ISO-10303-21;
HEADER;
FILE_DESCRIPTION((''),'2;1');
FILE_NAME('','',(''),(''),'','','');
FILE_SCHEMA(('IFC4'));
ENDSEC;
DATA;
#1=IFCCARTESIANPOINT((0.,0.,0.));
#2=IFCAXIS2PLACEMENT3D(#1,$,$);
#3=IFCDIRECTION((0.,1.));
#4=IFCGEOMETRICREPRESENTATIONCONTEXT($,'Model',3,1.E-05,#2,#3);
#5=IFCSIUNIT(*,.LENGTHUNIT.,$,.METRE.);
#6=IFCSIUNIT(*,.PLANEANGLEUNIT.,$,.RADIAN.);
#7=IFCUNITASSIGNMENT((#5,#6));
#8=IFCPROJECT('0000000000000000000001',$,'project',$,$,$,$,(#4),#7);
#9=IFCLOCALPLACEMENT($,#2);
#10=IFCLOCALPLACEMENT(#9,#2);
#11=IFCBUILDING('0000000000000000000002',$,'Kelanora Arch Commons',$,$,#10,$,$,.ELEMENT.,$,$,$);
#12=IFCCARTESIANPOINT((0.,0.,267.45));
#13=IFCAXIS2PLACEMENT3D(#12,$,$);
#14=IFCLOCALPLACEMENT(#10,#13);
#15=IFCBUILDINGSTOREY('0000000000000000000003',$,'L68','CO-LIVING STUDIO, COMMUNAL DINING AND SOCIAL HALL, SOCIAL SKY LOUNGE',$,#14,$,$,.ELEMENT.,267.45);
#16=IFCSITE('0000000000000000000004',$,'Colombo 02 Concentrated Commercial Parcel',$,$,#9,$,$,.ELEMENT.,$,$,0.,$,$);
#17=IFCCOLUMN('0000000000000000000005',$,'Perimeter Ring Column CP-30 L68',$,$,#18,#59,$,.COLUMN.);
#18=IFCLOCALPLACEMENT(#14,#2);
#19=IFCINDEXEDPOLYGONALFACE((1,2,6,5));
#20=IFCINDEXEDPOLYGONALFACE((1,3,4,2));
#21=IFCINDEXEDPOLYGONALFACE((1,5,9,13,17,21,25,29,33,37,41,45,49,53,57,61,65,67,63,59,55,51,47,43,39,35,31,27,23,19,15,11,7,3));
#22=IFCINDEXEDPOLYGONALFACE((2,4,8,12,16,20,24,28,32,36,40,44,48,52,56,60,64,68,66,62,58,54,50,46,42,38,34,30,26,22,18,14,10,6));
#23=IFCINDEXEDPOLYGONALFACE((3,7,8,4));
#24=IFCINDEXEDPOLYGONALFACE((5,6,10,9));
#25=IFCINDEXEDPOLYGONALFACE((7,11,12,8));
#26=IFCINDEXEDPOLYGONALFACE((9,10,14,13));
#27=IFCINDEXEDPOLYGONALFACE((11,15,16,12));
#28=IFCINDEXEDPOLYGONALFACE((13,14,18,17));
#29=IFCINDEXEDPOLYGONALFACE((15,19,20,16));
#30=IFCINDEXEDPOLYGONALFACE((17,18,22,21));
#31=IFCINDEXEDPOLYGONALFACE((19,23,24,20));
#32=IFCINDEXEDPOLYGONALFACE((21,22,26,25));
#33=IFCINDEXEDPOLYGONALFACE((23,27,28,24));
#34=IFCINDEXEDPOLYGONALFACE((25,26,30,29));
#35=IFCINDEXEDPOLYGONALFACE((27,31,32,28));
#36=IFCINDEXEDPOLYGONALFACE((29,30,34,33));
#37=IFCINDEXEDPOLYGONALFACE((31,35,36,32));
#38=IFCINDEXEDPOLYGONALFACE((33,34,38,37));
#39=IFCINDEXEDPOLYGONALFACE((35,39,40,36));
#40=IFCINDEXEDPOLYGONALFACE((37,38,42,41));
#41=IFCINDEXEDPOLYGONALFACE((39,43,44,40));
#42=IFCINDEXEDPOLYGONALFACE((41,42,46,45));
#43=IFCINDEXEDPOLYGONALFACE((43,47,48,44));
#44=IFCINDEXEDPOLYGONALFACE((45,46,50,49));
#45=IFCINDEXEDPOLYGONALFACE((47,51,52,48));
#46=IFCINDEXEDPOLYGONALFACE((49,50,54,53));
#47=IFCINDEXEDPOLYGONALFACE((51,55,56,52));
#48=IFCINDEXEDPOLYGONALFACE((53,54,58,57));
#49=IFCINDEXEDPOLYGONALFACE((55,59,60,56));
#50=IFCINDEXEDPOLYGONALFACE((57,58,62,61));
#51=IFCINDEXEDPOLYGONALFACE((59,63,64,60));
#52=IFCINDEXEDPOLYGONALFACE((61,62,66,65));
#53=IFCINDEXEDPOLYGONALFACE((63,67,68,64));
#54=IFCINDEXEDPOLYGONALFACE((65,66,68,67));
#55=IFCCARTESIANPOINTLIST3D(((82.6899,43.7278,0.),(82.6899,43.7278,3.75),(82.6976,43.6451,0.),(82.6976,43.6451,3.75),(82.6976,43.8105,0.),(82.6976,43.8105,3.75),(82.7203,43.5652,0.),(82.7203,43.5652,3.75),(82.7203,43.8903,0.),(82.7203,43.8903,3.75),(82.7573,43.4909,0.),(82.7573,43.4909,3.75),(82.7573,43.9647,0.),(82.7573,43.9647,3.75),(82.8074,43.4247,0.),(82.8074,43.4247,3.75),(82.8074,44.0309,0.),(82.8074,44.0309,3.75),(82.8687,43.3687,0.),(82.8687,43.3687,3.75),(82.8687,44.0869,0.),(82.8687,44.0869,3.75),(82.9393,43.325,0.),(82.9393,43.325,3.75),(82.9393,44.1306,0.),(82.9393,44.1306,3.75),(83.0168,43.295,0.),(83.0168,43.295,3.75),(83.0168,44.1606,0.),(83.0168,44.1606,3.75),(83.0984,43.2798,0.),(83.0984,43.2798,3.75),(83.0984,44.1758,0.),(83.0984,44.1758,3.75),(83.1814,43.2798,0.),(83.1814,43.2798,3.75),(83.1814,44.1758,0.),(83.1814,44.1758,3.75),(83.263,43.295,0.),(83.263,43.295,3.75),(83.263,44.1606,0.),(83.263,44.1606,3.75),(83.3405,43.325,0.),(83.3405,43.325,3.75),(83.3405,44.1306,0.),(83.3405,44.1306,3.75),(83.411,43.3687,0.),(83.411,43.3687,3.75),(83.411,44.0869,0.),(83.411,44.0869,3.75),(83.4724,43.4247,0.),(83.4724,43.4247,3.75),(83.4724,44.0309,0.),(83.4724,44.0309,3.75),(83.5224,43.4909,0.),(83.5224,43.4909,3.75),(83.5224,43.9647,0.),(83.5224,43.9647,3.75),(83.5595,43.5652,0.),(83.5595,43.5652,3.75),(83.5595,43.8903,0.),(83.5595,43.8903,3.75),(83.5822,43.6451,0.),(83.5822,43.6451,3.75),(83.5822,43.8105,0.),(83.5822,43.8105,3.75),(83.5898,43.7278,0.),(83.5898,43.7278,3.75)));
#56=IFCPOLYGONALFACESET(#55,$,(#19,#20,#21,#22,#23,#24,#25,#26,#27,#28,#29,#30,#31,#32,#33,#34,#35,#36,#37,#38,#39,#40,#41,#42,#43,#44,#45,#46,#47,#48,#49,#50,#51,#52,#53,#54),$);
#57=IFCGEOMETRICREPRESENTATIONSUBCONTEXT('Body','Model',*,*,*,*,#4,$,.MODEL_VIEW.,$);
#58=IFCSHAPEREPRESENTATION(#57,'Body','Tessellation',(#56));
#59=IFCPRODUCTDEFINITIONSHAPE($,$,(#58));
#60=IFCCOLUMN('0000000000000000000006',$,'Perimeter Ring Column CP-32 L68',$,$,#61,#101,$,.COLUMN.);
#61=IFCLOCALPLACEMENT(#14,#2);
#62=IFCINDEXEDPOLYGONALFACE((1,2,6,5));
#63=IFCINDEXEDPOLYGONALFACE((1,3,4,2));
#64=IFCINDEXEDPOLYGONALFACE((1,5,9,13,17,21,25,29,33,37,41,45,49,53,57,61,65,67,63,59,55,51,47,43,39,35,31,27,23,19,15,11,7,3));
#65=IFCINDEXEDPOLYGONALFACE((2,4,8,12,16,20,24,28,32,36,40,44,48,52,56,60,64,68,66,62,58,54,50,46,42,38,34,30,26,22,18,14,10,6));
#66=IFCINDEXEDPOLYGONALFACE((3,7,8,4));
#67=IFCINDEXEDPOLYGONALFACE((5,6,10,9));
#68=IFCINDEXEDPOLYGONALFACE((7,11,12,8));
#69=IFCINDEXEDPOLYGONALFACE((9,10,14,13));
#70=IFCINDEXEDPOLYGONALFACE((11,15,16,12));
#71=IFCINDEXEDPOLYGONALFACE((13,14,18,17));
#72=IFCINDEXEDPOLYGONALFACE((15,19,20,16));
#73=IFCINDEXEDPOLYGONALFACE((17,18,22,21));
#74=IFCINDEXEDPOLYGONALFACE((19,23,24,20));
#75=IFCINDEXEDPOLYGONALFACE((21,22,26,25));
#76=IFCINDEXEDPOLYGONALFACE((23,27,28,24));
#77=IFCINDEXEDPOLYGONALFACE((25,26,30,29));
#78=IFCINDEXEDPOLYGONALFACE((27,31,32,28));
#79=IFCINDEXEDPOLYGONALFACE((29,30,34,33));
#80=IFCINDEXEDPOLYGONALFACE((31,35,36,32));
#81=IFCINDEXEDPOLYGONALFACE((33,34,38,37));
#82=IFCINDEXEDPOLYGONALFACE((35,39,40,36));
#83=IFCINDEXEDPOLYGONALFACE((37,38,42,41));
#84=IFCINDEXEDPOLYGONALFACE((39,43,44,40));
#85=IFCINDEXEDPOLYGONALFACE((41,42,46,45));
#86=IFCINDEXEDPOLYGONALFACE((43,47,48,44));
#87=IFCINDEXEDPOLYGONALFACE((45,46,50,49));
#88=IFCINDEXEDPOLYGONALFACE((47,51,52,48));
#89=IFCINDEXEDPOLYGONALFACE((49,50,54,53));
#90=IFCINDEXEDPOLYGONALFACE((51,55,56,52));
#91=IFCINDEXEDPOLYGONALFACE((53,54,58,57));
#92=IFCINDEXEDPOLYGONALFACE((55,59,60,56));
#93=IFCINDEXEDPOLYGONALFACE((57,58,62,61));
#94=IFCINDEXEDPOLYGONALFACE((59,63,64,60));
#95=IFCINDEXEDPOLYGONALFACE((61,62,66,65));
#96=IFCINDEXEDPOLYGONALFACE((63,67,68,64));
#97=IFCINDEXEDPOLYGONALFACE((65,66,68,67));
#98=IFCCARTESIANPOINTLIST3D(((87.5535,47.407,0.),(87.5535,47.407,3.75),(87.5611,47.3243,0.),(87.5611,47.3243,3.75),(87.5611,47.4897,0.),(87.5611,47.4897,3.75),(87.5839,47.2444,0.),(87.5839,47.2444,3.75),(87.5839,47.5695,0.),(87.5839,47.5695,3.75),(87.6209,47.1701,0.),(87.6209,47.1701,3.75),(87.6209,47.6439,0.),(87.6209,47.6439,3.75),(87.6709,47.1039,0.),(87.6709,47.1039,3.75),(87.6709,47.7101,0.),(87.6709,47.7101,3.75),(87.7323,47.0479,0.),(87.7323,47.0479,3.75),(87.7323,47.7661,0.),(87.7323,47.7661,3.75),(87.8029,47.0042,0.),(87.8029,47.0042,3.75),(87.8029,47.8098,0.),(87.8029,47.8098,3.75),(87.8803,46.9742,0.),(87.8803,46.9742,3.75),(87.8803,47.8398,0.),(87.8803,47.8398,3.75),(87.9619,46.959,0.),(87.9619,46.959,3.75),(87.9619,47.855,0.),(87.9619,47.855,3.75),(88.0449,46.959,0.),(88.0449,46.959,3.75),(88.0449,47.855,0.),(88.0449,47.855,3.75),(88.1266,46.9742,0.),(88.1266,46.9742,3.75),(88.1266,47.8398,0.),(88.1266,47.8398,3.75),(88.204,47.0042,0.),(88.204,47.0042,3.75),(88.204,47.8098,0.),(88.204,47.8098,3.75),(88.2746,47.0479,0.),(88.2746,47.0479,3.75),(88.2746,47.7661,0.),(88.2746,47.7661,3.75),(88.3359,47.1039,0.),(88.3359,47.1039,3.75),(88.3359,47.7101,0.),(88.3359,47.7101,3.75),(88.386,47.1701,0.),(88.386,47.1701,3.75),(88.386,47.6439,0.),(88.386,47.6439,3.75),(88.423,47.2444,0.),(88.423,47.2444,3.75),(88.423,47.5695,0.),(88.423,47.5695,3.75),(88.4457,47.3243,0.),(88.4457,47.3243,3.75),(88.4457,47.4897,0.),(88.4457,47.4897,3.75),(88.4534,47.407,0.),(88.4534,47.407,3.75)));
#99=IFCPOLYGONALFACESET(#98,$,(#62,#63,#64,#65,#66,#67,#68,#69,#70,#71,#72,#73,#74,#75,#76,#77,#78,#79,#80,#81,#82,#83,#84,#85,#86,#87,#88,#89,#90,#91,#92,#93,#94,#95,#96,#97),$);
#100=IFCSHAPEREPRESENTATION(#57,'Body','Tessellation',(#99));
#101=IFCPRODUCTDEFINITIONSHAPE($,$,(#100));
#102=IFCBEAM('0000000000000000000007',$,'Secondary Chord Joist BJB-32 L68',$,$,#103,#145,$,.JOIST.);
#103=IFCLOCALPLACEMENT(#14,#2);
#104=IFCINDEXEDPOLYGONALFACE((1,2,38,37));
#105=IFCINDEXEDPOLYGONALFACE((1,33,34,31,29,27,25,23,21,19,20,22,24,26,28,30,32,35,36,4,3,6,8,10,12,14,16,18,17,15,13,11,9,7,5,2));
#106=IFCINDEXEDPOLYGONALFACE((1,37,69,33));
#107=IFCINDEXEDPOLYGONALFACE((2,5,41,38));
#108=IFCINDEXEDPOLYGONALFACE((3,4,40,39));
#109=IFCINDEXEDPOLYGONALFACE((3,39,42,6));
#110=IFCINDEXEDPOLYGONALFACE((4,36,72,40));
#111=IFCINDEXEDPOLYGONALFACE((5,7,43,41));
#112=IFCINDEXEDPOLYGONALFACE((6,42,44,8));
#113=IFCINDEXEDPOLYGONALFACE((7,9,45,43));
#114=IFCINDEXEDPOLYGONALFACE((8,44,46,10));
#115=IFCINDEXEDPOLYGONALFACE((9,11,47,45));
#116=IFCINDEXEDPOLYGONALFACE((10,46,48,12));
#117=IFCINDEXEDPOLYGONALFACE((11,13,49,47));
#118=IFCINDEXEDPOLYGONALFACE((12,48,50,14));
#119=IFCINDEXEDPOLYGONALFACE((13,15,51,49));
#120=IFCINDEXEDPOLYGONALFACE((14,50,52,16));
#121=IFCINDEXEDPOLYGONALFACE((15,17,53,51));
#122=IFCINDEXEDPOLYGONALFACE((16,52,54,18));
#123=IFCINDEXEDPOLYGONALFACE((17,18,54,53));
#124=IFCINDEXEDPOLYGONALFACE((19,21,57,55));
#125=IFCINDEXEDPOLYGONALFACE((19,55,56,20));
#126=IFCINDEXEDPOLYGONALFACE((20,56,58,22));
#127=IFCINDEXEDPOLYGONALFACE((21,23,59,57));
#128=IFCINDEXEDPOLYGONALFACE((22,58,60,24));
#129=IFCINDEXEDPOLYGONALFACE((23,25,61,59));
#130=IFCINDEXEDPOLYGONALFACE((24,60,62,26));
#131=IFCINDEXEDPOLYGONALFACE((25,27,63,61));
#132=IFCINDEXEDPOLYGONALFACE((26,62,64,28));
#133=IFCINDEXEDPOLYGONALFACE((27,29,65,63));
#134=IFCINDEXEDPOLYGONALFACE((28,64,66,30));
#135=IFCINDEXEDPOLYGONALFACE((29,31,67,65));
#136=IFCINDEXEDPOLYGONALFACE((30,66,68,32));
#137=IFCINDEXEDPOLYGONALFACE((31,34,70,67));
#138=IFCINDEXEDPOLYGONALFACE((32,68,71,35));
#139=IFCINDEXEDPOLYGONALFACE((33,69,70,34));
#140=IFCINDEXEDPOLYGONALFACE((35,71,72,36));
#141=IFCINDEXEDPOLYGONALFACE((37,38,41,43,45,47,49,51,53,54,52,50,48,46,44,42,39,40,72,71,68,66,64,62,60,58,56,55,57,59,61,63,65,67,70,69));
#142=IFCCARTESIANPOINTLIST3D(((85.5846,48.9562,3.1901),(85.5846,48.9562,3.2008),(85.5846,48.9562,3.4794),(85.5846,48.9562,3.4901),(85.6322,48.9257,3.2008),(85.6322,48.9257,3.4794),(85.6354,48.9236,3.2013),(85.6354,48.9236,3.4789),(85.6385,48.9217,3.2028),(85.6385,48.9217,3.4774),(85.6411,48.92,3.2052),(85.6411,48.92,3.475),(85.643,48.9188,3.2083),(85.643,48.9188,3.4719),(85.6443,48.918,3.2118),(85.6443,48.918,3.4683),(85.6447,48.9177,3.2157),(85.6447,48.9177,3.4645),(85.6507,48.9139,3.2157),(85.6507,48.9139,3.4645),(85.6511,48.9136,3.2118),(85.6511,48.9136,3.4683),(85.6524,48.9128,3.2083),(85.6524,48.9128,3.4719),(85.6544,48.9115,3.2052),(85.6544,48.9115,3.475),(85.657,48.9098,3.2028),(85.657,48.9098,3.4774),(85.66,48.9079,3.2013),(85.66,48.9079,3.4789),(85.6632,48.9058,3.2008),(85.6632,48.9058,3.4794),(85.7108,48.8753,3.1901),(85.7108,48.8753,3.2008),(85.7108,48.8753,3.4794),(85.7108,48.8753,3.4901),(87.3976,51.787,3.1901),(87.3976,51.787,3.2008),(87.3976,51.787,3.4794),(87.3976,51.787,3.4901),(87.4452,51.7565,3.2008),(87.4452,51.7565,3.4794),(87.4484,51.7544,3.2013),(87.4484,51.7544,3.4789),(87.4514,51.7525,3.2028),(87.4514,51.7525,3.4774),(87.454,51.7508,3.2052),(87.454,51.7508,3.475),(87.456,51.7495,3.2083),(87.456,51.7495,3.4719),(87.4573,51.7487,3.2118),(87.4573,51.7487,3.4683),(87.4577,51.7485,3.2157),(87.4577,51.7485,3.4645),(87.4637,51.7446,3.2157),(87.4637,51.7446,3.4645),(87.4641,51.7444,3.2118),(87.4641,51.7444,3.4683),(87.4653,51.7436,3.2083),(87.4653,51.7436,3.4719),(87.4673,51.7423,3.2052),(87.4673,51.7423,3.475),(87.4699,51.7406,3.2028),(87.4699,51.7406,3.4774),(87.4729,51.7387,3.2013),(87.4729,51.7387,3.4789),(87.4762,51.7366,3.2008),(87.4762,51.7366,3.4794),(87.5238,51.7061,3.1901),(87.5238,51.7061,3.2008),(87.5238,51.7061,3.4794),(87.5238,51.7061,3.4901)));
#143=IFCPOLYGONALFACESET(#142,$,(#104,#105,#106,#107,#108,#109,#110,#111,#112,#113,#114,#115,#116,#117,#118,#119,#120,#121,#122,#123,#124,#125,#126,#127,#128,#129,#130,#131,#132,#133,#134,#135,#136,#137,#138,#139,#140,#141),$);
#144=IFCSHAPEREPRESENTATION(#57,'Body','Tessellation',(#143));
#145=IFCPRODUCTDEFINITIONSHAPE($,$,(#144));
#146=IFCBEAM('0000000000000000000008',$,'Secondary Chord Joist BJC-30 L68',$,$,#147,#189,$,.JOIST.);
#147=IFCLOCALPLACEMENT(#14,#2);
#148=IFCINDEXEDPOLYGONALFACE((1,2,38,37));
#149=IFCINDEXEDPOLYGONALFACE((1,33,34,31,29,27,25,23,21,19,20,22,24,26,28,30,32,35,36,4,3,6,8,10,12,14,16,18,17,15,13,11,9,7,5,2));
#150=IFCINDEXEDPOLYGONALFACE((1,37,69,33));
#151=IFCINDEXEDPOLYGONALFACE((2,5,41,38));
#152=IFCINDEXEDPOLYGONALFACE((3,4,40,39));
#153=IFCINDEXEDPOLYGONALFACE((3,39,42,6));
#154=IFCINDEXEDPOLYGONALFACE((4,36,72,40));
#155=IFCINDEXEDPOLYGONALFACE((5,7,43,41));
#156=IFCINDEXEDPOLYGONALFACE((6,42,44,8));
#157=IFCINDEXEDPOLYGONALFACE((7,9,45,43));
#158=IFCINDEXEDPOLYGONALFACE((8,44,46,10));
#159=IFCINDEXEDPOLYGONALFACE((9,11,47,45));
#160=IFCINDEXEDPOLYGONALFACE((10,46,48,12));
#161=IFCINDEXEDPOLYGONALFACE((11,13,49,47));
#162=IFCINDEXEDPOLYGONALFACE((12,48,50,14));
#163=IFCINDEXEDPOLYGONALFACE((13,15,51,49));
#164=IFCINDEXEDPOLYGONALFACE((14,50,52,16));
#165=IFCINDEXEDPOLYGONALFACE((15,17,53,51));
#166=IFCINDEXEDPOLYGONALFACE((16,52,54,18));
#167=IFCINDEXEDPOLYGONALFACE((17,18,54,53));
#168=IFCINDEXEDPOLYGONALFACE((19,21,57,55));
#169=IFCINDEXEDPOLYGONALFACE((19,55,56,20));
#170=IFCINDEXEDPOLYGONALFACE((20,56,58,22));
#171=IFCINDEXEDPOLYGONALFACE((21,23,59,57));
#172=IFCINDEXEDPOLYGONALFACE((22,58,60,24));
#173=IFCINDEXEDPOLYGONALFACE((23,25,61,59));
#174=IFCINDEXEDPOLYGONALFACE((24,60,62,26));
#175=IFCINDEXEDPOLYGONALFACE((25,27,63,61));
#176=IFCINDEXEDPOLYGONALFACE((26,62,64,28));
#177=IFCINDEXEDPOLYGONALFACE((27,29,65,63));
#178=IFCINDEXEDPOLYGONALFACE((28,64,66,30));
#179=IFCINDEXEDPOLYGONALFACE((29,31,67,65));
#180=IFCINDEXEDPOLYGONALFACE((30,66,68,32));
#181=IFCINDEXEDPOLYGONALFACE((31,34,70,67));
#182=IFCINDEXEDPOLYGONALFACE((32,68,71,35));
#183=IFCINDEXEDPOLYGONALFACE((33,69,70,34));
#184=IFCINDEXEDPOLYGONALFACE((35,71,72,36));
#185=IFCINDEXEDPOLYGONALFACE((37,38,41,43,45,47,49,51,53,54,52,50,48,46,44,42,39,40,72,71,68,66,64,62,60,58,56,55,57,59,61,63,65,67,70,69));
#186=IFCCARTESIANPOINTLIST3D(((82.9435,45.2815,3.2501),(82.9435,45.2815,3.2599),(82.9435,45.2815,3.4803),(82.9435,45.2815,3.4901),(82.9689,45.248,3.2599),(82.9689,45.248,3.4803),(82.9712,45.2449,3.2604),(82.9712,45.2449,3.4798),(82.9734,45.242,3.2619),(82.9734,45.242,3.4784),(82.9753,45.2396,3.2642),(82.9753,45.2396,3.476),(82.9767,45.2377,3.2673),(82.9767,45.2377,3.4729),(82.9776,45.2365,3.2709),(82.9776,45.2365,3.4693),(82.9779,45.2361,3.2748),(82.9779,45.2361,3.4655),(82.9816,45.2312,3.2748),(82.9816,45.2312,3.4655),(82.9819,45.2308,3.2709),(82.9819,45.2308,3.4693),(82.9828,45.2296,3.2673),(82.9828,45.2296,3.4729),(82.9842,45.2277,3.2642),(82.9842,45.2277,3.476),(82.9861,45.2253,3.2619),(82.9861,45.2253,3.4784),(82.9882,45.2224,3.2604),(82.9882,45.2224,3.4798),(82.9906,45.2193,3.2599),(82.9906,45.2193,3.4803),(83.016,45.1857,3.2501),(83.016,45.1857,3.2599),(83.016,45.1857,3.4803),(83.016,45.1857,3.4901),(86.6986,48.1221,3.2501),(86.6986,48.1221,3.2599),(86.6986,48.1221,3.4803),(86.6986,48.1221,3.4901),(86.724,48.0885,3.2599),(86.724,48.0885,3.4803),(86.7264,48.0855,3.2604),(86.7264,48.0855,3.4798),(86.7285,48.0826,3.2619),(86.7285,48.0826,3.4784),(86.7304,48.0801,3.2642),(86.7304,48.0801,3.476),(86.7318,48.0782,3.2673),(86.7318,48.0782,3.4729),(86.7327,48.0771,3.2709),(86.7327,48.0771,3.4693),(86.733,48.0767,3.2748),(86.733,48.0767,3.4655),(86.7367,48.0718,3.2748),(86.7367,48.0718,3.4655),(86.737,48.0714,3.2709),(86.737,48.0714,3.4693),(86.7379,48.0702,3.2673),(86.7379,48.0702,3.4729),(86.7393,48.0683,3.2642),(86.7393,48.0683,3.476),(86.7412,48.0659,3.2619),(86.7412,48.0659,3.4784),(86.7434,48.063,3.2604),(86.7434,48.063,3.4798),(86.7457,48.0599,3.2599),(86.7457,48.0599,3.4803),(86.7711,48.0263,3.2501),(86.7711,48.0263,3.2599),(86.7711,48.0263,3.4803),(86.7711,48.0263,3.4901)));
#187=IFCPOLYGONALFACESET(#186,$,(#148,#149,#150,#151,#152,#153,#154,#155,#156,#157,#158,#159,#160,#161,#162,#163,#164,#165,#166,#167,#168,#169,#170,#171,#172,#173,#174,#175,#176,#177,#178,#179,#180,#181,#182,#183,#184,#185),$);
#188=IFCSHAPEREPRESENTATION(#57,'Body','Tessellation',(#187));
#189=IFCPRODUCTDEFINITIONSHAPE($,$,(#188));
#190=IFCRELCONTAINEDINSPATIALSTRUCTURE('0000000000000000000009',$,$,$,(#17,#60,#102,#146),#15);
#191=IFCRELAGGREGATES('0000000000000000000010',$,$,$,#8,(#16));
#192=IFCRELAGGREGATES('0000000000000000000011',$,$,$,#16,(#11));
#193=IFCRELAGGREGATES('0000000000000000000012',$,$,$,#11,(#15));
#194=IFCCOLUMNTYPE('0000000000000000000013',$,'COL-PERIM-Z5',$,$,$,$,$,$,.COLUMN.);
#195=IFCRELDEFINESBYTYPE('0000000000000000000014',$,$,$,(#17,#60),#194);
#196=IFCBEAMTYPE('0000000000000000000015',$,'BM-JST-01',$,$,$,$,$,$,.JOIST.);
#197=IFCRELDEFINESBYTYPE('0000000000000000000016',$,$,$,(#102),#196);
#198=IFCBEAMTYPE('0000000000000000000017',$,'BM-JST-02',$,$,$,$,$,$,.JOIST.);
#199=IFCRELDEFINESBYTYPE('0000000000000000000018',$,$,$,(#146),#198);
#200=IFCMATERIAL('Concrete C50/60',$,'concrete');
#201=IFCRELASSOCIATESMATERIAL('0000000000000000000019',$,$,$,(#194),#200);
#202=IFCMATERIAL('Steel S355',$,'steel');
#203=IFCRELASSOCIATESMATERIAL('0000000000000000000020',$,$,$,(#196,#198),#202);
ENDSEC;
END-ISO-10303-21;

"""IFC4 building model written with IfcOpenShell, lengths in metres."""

from ifc_helpers import new_model, si_unit, direction, frame, origin, origin_2d, place, context, subcontext, project, spatial, circle, i_section, extrude, material, material_profile, profile_set, type_object, element, save


model = new_model("IFC4")

# Units and contexts
model_context = context("Model", 3, precision=1e-05, world=origin(), true_north=direction((0.0, 1.0)))
body_context = subcontext(model_context, "Body", "Model", "MODEL_VIEW")
ifc_project = project(units=[si_unit("LENGTHUNIT", "METRE"), si_unit("PLANEANGLEUNIT", "RADIAN")], contexts=[model_context])

# Site, building, storey
site_placement = place(None, origin())
site = spatial("IfcSite", under=ifc_project, at=site_placement, Name="Colombo 02 Concentrated Commercial Parcel", CompositionType="ELEMENT", RefElevation=0.0)
building_placement = place(site_placement, origin())
building = spatial("IfcBuilding", under=site, at=building_placement, Name="Kelanora Arch Commons", CompositionType="ELEMENT")
storey_placement = place(building_placement, frame((0.0, 0.0, 267.45)))
storey = spatial("IfcBuildingStorey", under=building, at=storey_placement, Name="L68", Description="CO-LIVING STUDIO, COMMUNAL DINING AND SOCIAL HALL, SOCIAL SKY LOUNGE", CompositionType="ELEMENT", Elevation=267.45)

# Columns
ifc_material_1 = material(Name="Concrete C50/60", Category="concrete")
ifc_material_profile_1 = material_profile(ifc_material_1, circle(Radius=0.45, at=origin_2d()), Name="RCC900")
ifc_profile_set_1 = profile_set([ifc_material_profile_1], Name="Concrete C50/60")
column_type = type_object("IfcColumnType", Name="COL-PERIM-Z5", PredefinedType="COLUMN", material=ifc_profile_set_1)
for number, where, z_axis, x_axis, name in (
    (1, (83.1399, 43.7278, 0.0), (0.0, 0.0, 1.0), (1.0, 0.0, 0.0), "Perimeter Ring Column CP-30 L68"),
    (2, (88.0034, 47.407, 0.0), (0.0, 0.0, 1.0), (1.0, 0.0, 0.0), "Perimeter Ring Column CP-32 L68"),
):
    element("IfcColumn", number, at=place(storey_placement, frame(where, z_axis=z_axis, x_axis=x_axis)), inside=storey, type_object=column_type, Name=name, PredefinedType="COLUMN", context=body_context, shape_type="SweptSolid", body=[
        extrude(circle(Radius=0.45, at=origin_2d()), origin(), (0.0, 0.0, 1.0), 3.75),
    ])

# Beams
ifc_material_2 = material(Name="Steel S355", Category="steel")
ifc_material_profile_2 = material_profile(ifc_material_2, i_section(OverallWidth=0.1499, OverallDepth=0.3, WebThickness=0.0071, FlangeThickness=0.0107, FilletRadius=0.0149, at=origin_2d()), Name="IPE300")
ifc_profile_set_2 = profile_set([ifc_material_profile_2], Name="Steel S355")
beam_type_1 = type_object("IfcBeamType", Name="BM-JST-01", PredefinedType="JOIST", material=ifc_profile_set_2)
beam_1_placement = place(storey_placement, frame((85.6477, 48.9158, 3.3401), z_axis=(0.539322, 0.8421, 0.0), x_axis=(-0.8421, 0.539322, 0.0)))
element("IfcBeam", 3, at=beam_1_placement, inside=storey, type_object=beam_type_1, Name="Secondary Chord Joist BJB-32 L68", PredefinedType="JOIST", context=body_context, shape_type="SweptSolid", body=[
    extrude(i_section(OverallWidth=0.1499, OverallDepth=0.3, WebThickness=0.0071, FlangeThickness=0.0107, FilletRadius=0.0149, at=origin_2d()), origin(), (0.0, 0.0, 1.0), 3.3616),
])
ifc_material_profile_3 = material_profile(ifc_material_2, i_section(OverallWidth=0.1201, OverallDepth=0.24, WebThickness=0.0061, FlangeThickness=0.0098, FilletRadius=0.0149, at=origin_2d()), Name="IPE240")
ifc_profile_set_3 = profile_set([ifc_material_profile_3], Name="Steel S355")
beam_type_2 = type_object("IfcBeamType", Name="BM-JST-02", PredefinedType="JOIST", material=ifc_profile_set_3)
beam_2_placement = place(storey_placement, frame((82.9797, 45.2336, 3.3701), z_axis=(0.797523, 0.603289, 0.0), x_axis=(-0.603289, 0.797523, 0.0)))
element("IfcBeam", 4, at=beam_2_placement, inside=storey, type_object=beam_type_2, Name="Secondary Chord Joist BJC-30 L68", PredefinedType="JOIST", context=body_context, shape_type="SweptSolid", body=[
    extrude(i_section(OverallWidth=0.1201, OverallDepth=0.24, WebThickness=0.0061, FlangeThickness=0.0098, FilletRadius=0.0149, at=origin_2d()), origin(), (0.0, 0.0, 1.0), 4.7085),
])

save(model, "model.ifc")
